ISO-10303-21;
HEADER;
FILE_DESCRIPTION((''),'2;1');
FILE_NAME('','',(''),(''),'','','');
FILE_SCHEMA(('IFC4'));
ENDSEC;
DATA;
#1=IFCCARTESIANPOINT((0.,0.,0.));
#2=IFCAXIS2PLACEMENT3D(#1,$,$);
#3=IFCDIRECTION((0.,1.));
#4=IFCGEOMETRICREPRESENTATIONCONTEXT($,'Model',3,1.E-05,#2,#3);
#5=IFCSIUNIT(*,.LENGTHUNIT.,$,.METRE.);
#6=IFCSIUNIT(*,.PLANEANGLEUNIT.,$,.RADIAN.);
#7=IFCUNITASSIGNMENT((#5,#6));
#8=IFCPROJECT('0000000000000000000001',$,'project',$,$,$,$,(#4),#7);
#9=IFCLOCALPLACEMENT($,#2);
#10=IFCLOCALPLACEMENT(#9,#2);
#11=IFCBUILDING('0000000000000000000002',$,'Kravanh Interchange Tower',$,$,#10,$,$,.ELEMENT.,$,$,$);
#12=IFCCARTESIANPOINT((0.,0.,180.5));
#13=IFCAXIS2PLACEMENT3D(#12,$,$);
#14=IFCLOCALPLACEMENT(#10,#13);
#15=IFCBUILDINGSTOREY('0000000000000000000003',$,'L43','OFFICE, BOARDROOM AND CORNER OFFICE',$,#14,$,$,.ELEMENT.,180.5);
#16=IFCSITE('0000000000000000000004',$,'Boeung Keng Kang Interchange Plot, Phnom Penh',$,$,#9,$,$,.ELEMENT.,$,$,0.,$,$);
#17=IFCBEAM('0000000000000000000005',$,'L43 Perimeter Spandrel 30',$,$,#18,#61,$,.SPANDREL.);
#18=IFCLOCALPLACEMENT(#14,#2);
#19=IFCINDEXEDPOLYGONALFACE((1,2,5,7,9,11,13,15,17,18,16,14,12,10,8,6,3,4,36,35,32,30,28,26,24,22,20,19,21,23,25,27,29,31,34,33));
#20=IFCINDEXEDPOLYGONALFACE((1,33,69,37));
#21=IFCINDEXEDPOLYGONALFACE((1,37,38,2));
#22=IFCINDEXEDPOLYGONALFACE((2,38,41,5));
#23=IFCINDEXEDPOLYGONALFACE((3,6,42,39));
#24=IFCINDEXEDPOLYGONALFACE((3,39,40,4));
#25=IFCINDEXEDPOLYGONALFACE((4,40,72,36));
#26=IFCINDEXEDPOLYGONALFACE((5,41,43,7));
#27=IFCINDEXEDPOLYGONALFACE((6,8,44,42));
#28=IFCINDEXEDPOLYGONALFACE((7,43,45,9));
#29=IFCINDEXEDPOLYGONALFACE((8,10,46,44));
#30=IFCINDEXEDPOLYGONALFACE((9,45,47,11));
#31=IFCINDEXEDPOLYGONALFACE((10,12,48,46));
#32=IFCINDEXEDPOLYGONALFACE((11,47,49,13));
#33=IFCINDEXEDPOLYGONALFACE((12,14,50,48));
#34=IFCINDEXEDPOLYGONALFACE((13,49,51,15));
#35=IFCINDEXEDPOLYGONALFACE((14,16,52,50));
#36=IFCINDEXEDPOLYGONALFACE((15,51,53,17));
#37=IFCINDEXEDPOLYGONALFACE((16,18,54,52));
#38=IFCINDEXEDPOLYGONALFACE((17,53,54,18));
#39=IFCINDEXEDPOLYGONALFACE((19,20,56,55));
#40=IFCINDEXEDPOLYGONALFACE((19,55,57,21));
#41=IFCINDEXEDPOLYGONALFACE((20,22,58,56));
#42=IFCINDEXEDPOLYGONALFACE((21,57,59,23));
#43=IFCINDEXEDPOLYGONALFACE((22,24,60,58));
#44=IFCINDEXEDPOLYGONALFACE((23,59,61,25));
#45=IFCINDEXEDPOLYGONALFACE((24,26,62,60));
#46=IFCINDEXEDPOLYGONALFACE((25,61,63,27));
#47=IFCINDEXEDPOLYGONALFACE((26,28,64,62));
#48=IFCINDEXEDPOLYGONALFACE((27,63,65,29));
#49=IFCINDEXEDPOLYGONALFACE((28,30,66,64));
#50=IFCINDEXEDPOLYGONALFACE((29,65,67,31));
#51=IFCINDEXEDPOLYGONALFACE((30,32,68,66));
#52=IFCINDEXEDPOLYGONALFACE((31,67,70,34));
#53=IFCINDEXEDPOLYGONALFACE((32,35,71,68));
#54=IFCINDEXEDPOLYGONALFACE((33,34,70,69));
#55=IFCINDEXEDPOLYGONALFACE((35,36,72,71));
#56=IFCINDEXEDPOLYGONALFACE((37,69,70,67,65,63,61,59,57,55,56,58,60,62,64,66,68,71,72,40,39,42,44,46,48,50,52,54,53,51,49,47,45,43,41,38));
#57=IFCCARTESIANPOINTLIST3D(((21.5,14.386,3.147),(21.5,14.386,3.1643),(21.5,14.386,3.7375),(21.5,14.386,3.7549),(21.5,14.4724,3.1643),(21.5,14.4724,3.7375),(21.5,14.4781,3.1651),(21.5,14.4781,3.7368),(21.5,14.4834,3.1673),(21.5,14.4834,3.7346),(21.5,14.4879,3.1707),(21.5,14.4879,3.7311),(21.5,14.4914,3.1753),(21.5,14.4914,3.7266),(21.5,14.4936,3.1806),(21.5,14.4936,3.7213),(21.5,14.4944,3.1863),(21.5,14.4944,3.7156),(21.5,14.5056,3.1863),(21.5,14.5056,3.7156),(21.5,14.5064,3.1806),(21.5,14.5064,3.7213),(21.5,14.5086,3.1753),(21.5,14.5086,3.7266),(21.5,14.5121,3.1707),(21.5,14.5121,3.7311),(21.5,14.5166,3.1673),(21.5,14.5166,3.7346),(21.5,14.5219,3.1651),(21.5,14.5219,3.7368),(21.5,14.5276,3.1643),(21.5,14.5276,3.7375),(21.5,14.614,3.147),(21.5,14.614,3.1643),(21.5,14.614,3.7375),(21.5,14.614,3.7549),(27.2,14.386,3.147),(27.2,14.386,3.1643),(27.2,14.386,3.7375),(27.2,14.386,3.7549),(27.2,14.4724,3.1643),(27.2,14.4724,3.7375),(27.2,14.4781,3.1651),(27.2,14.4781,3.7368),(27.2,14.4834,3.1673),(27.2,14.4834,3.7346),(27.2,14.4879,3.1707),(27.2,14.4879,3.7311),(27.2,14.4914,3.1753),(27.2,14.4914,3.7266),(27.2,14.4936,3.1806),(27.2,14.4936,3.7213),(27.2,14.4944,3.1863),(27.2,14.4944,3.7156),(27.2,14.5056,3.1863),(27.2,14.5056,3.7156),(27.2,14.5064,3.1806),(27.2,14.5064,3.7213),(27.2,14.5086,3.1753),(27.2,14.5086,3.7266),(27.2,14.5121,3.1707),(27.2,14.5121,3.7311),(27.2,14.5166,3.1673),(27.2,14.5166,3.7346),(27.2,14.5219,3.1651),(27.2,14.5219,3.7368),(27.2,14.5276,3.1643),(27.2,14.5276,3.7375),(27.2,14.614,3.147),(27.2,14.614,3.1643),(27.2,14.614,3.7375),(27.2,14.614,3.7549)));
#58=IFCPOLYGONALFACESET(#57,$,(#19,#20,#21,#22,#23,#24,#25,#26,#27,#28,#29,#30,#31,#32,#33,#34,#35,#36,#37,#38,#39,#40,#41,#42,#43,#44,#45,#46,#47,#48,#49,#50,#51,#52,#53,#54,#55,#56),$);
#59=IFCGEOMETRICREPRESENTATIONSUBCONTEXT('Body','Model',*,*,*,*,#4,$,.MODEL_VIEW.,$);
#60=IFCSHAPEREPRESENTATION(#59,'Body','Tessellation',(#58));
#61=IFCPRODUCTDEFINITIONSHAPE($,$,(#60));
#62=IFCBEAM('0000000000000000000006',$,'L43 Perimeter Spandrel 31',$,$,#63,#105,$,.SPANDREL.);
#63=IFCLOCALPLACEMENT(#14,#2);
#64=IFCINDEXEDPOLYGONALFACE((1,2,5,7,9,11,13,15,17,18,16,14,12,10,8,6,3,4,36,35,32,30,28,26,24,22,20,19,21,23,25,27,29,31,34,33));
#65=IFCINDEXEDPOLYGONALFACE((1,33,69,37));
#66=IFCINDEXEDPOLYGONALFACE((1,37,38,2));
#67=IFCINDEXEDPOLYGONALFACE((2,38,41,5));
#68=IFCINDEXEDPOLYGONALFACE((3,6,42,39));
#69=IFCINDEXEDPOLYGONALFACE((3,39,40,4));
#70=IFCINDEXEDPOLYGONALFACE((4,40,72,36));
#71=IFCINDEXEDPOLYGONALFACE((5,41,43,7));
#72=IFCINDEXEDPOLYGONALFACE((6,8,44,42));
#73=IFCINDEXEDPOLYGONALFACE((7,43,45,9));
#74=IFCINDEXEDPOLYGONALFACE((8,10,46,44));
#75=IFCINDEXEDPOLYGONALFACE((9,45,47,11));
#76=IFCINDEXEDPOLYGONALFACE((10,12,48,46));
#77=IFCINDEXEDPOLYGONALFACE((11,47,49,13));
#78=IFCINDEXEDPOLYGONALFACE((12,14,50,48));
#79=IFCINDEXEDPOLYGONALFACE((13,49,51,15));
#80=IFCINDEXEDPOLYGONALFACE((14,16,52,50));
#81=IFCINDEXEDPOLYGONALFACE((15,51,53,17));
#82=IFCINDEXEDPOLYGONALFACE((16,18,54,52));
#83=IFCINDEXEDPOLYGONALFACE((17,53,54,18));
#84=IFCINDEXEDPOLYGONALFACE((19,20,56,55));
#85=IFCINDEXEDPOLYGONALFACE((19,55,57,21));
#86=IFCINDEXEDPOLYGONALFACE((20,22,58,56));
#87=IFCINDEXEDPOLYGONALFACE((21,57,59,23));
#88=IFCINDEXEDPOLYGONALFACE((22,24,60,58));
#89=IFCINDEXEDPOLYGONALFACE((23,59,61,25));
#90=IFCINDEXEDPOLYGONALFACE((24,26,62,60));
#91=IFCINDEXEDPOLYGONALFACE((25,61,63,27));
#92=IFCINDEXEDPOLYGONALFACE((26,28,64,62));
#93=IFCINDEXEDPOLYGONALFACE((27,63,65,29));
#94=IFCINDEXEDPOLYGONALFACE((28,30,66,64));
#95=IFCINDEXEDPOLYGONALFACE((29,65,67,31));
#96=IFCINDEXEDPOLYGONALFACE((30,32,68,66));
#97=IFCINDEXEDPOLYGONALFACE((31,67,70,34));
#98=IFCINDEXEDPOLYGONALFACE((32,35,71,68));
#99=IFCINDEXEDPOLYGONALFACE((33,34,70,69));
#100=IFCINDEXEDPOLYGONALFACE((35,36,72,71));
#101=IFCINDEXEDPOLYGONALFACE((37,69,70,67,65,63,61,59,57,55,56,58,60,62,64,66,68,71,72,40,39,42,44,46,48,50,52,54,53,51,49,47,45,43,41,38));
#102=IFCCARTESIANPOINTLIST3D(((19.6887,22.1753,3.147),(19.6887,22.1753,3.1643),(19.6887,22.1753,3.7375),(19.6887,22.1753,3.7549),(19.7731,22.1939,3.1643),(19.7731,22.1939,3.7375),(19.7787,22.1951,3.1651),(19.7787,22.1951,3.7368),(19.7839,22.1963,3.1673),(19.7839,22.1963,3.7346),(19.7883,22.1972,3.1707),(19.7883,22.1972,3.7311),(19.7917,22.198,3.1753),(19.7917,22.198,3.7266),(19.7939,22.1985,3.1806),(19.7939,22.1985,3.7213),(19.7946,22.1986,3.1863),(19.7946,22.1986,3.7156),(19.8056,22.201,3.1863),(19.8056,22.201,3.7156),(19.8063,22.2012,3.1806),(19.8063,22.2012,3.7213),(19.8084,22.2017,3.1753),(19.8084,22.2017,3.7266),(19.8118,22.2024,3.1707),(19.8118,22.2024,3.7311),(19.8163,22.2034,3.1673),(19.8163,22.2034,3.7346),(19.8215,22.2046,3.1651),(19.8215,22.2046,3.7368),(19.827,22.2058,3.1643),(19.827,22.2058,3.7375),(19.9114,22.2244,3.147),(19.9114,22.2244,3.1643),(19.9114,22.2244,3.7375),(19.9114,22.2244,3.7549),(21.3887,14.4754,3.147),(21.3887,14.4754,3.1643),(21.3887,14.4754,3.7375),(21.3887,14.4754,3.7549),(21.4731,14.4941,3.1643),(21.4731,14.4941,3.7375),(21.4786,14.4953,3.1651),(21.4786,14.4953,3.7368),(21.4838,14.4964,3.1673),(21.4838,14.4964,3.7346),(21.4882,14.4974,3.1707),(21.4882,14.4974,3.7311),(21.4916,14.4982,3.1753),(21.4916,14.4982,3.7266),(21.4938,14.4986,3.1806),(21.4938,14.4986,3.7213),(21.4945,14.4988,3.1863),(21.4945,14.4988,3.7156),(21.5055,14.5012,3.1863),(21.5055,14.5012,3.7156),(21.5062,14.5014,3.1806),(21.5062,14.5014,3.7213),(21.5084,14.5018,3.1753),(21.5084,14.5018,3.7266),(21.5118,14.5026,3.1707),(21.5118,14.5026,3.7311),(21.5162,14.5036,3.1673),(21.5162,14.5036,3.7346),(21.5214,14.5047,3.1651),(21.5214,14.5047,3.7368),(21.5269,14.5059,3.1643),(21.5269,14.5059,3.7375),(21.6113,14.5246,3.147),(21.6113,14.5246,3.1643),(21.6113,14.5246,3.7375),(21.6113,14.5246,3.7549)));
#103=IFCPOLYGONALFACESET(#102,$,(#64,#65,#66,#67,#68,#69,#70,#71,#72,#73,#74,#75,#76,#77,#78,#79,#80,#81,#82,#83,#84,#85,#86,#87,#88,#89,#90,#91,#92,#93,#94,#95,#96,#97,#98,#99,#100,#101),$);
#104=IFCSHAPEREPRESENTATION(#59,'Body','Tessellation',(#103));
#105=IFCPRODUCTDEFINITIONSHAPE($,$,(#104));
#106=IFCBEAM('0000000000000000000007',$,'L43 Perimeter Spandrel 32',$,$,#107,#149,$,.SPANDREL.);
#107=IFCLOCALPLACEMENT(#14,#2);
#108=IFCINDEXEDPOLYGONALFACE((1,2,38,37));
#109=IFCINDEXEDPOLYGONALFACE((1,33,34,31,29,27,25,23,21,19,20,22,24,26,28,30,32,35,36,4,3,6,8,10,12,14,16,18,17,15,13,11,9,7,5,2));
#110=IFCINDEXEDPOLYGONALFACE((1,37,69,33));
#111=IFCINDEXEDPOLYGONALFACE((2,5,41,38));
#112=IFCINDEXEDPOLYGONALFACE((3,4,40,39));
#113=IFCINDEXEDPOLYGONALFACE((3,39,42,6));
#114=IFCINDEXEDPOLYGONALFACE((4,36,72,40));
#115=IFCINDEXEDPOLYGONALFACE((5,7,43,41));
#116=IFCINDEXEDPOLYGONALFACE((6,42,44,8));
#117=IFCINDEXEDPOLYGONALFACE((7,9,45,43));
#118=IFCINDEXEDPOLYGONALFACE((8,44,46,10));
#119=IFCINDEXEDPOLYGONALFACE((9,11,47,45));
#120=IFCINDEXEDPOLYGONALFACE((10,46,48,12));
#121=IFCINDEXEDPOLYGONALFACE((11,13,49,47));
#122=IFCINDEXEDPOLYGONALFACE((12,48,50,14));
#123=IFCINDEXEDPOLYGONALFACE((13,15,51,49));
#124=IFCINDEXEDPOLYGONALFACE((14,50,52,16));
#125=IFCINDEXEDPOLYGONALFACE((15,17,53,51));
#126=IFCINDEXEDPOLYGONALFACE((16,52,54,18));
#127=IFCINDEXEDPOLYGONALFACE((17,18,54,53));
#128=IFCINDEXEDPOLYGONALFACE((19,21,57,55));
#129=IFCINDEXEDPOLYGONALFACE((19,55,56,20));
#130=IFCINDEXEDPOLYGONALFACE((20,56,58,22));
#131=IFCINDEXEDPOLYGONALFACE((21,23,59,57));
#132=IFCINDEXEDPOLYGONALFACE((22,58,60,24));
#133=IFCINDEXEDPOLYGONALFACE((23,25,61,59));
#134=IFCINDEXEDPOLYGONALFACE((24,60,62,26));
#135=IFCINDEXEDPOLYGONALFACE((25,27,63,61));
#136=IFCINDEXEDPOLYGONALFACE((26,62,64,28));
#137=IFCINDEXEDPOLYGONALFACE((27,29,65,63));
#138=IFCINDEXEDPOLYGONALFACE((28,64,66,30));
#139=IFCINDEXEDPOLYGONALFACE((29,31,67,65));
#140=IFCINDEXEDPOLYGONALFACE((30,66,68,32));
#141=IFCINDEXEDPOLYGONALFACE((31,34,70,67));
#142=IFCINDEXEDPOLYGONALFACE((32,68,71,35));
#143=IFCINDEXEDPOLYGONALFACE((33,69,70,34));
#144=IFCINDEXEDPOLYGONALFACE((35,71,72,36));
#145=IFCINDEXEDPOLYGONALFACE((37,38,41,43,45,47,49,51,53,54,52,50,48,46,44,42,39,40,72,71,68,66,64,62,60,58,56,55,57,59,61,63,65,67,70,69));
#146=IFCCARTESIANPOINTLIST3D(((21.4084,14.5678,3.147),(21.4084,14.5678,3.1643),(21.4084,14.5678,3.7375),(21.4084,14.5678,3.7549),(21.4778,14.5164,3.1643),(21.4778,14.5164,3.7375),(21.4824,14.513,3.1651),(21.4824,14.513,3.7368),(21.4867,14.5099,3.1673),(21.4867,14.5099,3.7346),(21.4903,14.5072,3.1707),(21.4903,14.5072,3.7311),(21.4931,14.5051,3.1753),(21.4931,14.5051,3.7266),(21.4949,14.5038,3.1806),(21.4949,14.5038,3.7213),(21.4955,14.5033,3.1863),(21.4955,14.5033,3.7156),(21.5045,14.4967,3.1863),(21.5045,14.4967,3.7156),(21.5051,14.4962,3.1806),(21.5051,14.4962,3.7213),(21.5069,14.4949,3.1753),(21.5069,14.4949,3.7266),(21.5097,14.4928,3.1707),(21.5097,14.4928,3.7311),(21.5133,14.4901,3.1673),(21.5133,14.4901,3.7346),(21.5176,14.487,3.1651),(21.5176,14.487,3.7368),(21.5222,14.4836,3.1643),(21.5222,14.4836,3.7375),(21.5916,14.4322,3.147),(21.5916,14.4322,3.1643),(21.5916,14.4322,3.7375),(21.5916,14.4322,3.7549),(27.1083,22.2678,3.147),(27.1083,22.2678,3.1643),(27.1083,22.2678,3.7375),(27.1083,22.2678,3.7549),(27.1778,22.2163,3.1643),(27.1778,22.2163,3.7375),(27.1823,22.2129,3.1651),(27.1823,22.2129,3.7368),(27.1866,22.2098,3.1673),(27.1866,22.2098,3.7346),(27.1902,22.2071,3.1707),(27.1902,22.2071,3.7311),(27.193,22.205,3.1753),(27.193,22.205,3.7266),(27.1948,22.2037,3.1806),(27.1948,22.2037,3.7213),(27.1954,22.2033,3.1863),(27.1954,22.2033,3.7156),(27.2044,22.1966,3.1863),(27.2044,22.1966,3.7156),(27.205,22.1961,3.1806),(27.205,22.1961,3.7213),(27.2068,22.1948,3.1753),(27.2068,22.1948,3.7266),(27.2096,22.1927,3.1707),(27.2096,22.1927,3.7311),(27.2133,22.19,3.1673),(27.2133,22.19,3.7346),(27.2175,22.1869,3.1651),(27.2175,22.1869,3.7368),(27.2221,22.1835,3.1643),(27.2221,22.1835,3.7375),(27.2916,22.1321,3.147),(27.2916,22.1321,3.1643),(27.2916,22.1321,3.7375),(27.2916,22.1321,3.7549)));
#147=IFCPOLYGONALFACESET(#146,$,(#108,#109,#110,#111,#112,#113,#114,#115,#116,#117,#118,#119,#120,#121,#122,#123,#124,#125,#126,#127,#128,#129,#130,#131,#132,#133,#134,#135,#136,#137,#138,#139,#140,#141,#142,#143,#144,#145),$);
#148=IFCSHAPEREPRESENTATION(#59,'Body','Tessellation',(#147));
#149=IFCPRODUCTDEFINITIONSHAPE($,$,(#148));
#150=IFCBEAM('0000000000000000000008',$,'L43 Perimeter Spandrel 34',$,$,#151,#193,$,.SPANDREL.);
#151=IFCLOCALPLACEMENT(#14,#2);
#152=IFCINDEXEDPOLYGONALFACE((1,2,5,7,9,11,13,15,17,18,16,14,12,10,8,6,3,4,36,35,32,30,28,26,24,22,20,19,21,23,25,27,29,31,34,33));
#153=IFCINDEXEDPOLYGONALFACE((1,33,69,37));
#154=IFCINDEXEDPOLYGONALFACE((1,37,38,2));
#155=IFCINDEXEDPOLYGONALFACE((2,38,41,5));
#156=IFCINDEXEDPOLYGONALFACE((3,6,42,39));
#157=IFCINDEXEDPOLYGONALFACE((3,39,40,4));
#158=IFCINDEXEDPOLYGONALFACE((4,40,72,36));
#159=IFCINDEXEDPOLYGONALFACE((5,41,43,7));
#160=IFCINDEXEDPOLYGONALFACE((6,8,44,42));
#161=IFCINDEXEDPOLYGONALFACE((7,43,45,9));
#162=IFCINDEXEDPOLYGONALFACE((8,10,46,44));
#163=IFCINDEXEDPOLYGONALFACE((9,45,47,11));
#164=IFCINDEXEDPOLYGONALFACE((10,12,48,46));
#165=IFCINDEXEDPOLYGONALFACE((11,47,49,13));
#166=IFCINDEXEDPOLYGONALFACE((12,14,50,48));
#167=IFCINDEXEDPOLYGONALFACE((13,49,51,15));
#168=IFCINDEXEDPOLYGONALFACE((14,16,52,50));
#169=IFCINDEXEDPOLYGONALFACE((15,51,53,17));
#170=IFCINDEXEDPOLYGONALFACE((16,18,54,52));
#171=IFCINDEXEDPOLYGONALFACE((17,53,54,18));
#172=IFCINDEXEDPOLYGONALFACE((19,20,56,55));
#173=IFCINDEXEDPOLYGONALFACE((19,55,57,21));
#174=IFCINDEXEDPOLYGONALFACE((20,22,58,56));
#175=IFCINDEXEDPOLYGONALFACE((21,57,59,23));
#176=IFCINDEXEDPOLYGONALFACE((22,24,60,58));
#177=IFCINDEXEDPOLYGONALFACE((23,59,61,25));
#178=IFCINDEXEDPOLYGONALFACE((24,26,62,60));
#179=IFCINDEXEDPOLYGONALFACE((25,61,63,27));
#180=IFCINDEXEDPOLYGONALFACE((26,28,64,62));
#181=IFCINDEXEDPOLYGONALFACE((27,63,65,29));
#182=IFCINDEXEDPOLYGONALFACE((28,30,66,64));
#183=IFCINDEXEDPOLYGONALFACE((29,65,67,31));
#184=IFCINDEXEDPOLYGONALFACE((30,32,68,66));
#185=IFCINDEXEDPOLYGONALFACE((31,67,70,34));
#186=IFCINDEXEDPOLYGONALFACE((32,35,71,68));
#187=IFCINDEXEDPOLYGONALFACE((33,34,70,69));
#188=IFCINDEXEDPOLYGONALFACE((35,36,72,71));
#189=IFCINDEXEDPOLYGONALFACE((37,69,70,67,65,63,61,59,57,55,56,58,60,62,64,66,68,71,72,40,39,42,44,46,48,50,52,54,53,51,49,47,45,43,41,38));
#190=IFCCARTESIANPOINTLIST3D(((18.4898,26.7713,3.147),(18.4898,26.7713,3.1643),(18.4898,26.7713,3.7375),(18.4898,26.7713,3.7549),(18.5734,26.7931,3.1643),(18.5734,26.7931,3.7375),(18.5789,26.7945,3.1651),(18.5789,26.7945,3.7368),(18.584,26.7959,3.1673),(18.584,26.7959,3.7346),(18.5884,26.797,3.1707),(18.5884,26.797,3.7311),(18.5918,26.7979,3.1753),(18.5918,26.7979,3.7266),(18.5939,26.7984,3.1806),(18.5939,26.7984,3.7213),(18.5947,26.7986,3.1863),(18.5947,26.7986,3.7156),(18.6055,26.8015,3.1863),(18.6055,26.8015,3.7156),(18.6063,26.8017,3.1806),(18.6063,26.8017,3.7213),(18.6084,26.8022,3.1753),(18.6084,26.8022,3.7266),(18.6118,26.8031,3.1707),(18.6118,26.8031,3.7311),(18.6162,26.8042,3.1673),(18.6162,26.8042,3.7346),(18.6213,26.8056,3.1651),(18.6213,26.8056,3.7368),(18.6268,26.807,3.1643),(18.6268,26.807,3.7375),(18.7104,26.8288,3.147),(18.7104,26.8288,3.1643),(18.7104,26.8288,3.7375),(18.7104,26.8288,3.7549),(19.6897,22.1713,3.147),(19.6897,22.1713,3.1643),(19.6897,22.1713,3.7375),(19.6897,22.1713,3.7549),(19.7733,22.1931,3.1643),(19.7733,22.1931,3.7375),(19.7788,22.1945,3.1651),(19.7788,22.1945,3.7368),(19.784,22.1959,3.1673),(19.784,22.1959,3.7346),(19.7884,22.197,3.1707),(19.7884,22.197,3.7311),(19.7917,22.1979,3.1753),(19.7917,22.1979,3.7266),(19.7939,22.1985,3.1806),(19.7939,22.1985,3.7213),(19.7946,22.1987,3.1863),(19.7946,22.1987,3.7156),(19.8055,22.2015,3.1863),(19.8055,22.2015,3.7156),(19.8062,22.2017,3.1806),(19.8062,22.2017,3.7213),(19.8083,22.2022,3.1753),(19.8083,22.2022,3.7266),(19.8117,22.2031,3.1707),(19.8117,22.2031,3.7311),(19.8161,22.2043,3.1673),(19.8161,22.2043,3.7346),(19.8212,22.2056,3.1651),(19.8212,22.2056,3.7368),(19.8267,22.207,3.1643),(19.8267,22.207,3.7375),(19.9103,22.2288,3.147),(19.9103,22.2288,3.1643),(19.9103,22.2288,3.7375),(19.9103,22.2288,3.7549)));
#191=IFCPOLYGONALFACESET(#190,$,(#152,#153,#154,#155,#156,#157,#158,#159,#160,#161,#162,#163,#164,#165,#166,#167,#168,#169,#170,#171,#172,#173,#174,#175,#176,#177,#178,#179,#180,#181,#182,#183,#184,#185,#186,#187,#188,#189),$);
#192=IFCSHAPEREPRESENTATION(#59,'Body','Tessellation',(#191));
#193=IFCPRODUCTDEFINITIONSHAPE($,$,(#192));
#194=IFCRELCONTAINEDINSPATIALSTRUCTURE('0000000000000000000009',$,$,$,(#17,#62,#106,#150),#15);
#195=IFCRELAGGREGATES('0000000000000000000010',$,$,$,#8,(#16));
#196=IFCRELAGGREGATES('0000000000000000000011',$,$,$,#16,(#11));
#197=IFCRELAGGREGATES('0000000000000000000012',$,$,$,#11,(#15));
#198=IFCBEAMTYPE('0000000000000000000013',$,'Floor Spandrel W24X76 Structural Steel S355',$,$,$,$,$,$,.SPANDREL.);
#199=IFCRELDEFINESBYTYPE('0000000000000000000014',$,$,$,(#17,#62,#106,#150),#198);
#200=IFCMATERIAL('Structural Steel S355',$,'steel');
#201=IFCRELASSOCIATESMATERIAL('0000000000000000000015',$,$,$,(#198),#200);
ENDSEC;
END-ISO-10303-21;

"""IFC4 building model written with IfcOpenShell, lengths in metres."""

from ifc_helpers import new_model, si_unit, direction, frame, origin, origin_2d, place, context, subcontext, project, spatial, i_section, extrude, material, material_profile, profile_set, type_object, element, save


model = new_model("IFC4")

# Units and contexts
model_context = context("Model", 3, precision=1e-05, world=origin(), true_north=direction((0.0, 1.0)))
body_context = subcontext(model_context, "Body", "Model", "MODEL_VIEW")
ifc_project = project(units=[si_unit("LENGTHUNIT", "METRE"), si_unit("PLANEANGLEUNIT", "RADIAN")], contexts=[model_context])

# Site, building, storey
site_placement = place(None, origin())
site = spatial("IfcSite", under=ifc_project, at=site_placement, Name="Boeung Keng Kang Interchange Plot, Phnom Penh", CompositionType="ELEMENT", RefElevation=0.0)
building_placement = place(site_placement, origin())
building = spatial("IfcBuilding", under=site, at=building_placement, Name="Kravanh Interchange Tower", CompositionType="ELEMENT")
storey_placement = place(building_placement, frame((0.0, 0.0, 180.5)))
storey = spatial("IfcBuildingStorey", under=building, at=storey_placement, Name="L43", Description="OFFICE, BOARDROOM AND CORNER OFFICE", CompositionType="ELEMENT", Elevation=180.5)

# Beams
ifc_material_1 = material(Name="Structural Steel S355", Category="steel")
ifc_material_profile_1 = material_profile(ifc_material_1, i_section(OverallWidth=0.228, OverallDepth=0.6079, WebThickness=0.0112, FlangeThickness=0.0173, FilletRadius=0.022, at=origin_2d()), Name="W24X76")
ifc_profile_set_1 = profile_set([ifc_material_profile_1], Name="Structural Steel S355")
beam_type_1 = type_object("IfcBeamType", Name="Floor Spandrel W24X76 Structural Steel S355", PredefinedType="SPANDREL", material=ifc_profile_set_1)
beam_1_placement = place(storey_placement, frame((21.5, 14.5, 3.4509), z_axis=(1.0, 0.0, 0.0), x_axis=(0.0, 1.0, 0.0)))
element("IfcBeam", 1, at=beam_1_placement, inside=storey, type_object=beam_type_1, Name="L43 Perimeter Spandrel 30", PredefinedType="SPANDREL", context=body_context, shape_type="SweptSolid", body=[
    extrude(i_section(OverallWidth=0.228, OverallDepth=0.6079, WebThickness=0.0112, FlangeThickness=0.0173, FilletRadius=0.022, at=origin_2d()), origin(), (0.0, 0.0, 1.0), 5.7),
])
beam_2_placement = place(storey_placement, frame((21.5, 14.5, 3.4509), z_axis=(-0.215583, 0.976486, 0.0), x_axis=(-0.976486, -0.215583, 0.0)))
element("IfcBeam", 2, at=beam_2_placement, inside=storey, type_object=beam_type_1, Name="L43 Perimeter Spandrel 31", PredefinedType="SPANDREL", context=body_context, shape_type="SweptSolid", body=[
    extrude(i_section(OverallWidth=0.228, OverallDepth=0.6079, WebThickness=0.0112, FlangeThickness=0.0173, FilletRadius=0.022, at=origin_2d()), origin(), (0.0, 0.0, 1.0), 7.8853),
])
beam_3_placement = place(storey_placement, frame((21.5, 14.5, 3.4509), z_axis=(0.594977, 0.803743, 0.0), x_axis=(-0.803743, 0.594977, 0.0)))
element("IfcBeam", 3, at=beam_3_placement, inside=storey, type_object=beam_type_1, Name="L43 Perimeter Spandrel 32", PredefinedType="SPANDREL", context=body_context, shape_type="SweptSolid", body=[
    extrude(i_section(OverallWidth=0.228, OverallDepth=0.6079, WebThickness=0.0112, FlangeThickness=0.0173, FilletRadius=0.022, at=origin_2d()), origin(), (0.0, 0.0, 1.0), 9.5801),
])
beam_4_placement = place(storey_placement, frame((18.6001, 26.8, 3.4509), z_axis=(0.252407, -0.967621, 0.0), x_axis=(0.967621, 0.252407, 0.0)))
element("IfcBeam", 4, at=beam_4_placement, inside=storey, type_object=beam_type_1, Name="L43 Perimeter Spandrel 34", PredefinedType="SPANDREL", context=body_context, shape_type="SweptSolid", body=[
    extrude(i_section(OverallWidth=0.228, OverallDepth=0.6079, WebThickness=0.0112, FlangeThickness=0.0173, FilletRadius=0.022, at=origin_2d()), origin(), (0.0, 0.0, 1.0), 4.7539),
])

save(model, "model.ifc")
